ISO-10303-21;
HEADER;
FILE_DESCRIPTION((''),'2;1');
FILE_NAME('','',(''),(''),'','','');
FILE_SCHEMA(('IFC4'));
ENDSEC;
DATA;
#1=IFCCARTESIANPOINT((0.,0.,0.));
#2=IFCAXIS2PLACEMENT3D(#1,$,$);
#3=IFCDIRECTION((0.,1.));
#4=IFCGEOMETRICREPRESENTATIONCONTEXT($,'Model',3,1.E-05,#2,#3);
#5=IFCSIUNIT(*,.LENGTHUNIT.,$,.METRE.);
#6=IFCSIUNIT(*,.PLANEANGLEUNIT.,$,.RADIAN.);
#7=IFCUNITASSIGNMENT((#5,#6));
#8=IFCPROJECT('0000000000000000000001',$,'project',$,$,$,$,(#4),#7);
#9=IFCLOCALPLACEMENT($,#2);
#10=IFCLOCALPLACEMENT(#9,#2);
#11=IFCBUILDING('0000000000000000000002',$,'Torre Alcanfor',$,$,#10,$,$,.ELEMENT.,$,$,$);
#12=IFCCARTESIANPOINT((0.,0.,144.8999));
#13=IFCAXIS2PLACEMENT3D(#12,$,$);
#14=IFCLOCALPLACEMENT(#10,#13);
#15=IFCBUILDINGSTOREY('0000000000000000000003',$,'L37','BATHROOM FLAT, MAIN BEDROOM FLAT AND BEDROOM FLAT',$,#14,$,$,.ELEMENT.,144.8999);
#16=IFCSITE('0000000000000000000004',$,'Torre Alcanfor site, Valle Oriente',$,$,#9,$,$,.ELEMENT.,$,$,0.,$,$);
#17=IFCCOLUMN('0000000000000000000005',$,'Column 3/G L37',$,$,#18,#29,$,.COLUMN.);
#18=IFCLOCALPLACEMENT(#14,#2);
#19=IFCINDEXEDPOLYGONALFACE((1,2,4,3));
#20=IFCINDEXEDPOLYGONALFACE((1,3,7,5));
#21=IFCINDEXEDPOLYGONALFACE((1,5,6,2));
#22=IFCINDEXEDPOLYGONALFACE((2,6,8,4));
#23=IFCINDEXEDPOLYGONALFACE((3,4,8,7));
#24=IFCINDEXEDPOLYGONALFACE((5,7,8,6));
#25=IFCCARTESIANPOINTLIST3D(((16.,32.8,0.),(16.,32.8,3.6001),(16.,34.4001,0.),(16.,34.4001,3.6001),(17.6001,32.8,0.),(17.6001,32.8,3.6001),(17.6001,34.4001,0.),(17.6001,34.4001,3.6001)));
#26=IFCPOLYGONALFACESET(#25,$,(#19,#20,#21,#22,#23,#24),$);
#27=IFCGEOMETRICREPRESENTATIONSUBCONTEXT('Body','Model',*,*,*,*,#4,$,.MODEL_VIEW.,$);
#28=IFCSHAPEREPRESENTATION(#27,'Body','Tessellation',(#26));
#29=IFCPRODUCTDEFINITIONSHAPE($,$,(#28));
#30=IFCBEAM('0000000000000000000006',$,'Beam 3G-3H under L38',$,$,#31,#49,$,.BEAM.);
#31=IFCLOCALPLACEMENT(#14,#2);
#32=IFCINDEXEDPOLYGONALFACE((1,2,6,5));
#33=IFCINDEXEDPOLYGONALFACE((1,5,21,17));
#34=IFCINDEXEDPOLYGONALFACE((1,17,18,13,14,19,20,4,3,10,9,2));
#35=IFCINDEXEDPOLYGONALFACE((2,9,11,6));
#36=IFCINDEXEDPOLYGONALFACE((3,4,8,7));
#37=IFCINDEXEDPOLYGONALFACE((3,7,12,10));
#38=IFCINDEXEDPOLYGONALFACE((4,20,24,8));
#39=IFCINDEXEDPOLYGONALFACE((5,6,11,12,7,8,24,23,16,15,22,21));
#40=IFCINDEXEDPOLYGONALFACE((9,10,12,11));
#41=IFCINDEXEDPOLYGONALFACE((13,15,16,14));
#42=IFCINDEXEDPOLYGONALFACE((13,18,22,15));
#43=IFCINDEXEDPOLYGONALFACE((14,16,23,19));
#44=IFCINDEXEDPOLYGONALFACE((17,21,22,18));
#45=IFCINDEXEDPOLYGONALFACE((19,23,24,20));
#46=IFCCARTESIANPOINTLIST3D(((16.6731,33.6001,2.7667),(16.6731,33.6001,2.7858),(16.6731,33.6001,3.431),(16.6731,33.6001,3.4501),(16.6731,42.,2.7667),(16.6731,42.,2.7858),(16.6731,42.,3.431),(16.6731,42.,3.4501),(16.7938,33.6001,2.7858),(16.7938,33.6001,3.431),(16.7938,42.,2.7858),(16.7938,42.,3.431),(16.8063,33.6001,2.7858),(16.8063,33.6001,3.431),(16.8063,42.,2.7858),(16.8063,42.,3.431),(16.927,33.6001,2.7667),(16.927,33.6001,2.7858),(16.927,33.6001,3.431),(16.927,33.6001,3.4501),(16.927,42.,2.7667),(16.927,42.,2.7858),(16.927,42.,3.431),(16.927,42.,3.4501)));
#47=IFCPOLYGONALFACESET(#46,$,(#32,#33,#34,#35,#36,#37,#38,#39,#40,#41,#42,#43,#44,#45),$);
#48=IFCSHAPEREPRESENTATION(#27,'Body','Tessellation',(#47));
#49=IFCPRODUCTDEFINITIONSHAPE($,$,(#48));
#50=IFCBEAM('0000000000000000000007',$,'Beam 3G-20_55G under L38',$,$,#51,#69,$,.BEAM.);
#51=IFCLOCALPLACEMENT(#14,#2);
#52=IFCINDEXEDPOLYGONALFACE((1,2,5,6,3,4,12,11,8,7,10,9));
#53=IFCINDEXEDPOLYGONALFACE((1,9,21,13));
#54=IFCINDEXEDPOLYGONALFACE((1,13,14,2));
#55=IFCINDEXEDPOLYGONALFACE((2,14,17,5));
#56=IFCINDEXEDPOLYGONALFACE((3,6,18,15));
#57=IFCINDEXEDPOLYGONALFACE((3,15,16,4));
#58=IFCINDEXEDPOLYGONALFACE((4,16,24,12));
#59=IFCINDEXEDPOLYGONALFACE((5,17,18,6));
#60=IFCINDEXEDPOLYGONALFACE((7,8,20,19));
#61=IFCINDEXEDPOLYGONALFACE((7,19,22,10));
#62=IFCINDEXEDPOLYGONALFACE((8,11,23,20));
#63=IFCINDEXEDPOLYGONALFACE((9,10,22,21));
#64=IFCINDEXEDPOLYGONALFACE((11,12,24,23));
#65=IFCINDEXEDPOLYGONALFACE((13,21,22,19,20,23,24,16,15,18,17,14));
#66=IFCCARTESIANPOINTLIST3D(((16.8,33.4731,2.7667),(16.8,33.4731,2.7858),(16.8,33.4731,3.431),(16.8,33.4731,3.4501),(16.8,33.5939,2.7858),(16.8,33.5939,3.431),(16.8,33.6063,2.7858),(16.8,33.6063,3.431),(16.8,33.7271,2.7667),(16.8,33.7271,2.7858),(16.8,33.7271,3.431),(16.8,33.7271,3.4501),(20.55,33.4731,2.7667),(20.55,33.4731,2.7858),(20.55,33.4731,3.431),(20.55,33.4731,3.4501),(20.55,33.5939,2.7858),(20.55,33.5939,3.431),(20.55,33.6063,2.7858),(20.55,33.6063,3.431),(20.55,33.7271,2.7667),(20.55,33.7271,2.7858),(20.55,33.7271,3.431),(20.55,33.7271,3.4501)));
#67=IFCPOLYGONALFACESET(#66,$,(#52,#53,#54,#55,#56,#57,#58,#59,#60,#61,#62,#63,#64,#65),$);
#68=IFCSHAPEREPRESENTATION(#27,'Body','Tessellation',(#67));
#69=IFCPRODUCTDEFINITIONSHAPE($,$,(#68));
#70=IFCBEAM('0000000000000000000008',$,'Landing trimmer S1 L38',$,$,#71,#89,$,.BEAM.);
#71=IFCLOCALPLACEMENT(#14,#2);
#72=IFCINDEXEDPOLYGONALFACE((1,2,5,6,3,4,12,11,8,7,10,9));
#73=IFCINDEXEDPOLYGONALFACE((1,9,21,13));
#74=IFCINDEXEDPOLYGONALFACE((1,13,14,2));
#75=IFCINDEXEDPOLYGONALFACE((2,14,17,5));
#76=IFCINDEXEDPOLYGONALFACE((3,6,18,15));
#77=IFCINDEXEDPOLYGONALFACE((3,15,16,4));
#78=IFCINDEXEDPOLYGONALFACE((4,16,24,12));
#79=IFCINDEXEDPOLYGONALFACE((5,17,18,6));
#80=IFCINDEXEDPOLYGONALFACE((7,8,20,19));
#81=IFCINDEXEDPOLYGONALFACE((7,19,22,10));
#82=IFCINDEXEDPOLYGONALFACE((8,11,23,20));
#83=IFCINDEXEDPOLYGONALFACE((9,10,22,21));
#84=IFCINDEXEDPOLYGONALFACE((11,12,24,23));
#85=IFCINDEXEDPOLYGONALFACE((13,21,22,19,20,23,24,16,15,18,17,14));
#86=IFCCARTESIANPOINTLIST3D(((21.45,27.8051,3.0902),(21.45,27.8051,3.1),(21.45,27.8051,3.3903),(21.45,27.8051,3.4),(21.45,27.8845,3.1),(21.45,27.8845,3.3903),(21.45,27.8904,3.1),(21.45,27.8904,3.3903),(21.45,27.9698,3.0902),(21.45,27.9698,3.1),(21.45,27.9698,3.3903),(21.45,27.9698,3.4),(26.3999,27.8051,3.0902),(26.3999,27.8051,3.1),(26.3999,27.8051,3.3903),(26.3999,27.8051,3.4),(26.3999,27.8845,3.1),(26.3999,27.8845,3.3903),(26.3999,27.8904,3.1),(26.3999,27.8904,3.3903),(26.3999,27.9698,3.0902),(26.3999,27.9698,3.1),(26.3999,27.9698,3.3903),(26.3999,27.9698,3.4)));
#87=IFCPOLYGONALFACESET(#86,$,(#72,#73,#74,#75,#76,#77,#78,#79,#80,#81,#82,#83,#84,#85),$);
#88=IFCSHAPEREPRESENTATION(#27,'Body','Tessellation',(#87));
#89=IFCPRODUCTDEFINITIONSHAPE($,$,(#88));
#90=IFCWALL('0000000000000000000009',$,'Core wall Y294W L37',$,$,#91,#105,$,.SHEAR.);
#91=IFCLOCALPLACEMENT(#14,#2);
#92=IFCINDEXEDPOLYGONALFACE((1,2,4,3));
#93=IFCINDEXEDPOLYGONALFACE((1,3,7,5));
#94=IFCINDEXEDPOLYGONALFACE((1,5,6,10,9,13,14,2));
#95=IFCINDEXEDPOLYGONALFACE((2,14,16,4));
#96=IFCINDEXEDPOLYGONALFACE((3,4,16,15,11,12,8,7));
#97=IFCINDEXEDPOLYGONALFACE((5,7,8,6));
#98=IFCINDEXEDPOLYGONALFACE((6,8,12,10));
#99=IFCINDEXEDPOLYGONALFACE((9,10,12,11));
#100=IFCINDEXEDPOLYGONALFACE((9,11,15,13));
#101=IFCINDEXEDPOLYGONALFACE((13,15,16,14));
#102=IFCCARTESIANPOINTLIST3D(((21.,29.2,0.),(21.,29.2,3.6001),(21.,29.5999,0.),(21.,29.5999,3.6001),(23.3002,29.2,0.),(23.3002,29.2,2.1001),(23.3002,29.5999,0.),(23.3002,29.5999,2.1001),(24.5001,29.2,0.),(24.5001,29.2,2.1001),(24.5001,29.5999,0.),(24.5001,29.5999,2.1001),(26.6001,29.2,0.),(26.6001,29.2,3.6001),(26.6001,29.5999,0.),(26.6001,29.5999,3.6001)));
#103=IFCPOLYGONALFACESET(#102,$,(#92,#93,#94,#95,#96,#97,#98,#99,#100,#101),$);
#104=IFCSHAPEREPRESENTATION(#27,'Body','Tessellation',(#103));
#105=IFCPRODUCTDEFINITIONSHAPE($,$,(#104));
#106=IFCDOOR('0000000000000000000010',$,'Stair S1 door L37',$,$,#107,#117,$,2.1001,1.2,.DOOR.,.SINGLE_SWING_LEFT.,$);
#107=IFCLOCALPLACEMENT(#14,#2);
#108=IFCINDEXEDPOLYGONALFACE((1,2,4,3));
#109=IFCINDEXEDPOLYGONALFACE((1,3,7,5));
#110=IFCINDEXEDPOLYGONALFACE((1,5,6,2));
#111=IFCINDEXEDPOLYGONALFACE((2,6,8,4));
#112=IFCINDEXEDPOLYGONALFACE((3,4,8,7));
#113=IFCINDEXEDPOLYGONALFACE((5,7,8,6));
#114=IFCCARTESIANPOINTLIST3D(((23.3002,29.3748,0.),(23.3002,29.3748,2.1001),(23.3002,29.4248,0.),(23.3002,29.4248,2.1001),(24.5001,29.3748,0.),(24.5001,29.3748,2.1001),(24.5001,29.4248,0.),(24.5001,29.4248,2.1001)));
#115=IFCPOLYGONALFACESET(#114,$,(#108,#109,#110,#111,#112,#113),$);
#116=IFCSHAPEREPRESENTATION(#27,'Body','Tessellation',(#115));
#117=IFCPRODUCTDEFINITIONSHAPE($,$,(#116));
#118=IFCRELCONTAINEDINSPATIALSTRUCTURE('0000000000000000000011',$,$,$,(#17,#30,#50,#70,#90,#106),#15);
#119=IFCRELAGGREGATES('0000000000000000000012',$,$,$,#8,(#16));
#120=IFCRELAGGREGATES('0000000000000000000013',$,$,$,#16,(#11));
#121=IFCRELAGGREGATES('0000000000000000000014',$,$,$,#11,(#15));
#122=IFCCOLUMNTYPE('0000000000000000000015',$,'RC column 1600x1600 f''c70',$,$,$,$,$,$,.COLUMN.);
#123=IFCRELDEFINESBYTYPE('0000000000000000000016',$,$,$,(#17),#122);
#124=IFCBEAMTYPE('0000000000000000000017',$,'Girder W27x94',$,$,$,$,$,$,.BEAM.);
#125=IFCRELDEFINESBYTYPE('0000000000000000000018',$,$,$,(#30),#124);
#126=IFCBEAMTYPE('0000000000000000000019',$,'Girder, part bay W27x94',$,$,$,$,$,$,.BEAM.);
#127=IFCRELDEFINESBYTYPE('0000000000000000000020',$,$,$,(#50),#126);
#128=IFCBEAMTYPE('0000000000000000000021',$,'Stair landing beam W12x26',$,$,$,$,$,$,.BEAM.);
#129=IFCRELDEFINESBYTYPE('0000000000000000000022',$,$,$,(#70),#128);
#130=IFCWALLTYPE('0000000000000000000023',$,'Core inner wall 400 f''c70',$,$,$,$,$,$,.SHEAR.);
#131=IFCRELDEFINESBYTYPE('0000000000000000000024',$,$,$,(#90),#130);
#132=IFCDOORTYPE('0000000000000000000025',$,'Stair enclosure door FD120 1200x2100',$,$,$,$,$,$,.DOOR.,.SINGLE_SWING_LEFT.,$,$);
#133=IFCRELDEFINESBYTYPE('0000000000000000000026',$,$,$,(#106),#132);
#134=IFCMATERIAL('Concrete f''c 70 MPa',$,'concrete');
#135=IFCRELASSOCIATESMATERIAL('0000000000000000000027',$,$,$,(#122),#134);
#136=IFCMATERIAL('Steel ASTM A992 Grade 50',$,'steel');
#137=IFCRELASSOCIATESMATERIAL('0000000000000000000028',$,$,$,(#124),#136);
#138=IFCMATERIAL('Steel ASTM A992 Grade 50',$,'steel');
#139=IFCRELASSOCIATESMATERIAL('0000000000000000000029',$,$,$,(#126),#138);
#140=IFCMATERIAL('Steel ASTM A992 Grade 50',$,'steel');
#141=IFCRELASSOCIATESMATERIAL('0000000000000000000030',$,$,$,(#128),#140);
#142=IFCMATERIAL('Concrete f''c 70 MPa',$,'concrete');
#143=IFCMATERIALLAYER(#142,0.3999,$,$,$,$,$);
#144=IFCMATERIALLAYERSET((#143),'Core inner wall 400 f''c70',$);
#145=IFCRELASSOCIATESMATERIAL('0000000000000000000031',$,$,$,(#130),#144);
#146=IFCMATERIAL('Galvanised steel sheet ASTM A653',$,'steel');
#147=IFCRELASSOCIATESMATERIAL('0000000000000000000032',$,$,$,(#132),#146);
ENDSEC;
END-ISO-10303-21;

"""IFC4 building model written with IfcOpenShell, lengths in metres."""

from ifc_helpers import new_model, si_unit, direction, frame, frame_2d, origin, origin_2d, place, context, subcontext, project, spatial, rectangle, i_section, extrude, material, layer, layer_set, material_profile, profile_set, type_object, element, fill, save


model = new_model("IFC4")

# Units and contexts
model_context = context("Model", 3, precision=1e-05, world=origin(), true_north=direction((0.0, 1.0)))
body_context = subcontext(model_context, "Body", "Model", "MODEL_VIEW")
ifc_project = project(units=[si_unit("LENGTHUNIT", "METRE"), si_unit("PLANEANGLEUNIT", "RADIAN")], contexts=[model_context])

# Site, building, storey
site_placement = place(None, origin())
site = spatial("IfcSite", under=ifc_project, at=site_placement, Name="Torre Alcanfor site, Valle Oriente", CompositionType="ELEMENT", RefElevation=0.0)
building_placement = place(site_placement, origin())
building = spatial("IfcBuilding", under=site, at=building_placement, Name="Torre Alcanfor", CompositionType="ELEMENT")
storey_placement = place(building_placement, frame((0.0, 0.0, 144.8999)))
storey = spatial("IfcBuildingStorey", under=building, at=storey_placement, Name="L37", Description="BATHROOM FLAT, MAIN BEDROOM FLAT AND BEDROOM FLAT", CompositionType="ELEMENT", Elevation=144.8999)

# Column
ifc_material_1 = material(Name="Concrete f'c 70 MPa", Category="concrete")
ifc_material_profile_1 = material_profile(ifc_material_1, rectangle(XDim=1.6001, YDim=1.6001, at=origin_2d()), Name="1600x1600")
ifc_profile_set_1 = profile_set([ifc_material_profile_1], Name="Concrete f'c 70 MPa")
column_type = type_object("IfcColumnType", Name="RC column 1600x1600 f'c70", PredefinedType="COLUMN", material=ifc_profile_set_1)
column_placement = place(storey_placement, frame((16.8, 33.6001, 0.0), z_axis=(0.0, 0.0, 1.0), x_axis=(1.0, 0.0, 0.0)))
element("IfcColumn", 1, at=column_placement, inside=storey, type_object=column_type, Name="Column 3/G L37", PredefinedType="COLUMN", context=body_context, shape_type="SweptSolid", body=[
    extrude(rectangle(XDim=1.6001, YDim=1.6001, at=origin_2d()), origin(), (0.0, 0.0, 1.0), 3.6001),
])

# Beams
ifc_material_2 = material(Name="Steel ASTM A992 Grade 50", Category="steel")
ifc_material_profile_2 = material_profile(ifc_material_2, i_section(OverallWidth=0.2539, OverallDepth=0.6833, WebThickness=0.0125, FlangeThickness=0.019, at=origin_2d()), Name="W27x94")
ifc_profile_set_2 = profile_set([ifc_material_profile_2], Name="Steel ASTM A992 Grade 50")
beam_type_1 = type_object("IfcBeamType", Name="Girder W27x94", PredefinedType="BEAM", material=ifc_profile_set_2)
beam_1_placement = place(storey_placement, frame((16.8, 33.6001, 3.1084), z_axis=(0.0, 1.0, 0.0), x_axis=(-1.0, 0.0, 0.0)))
element("IfcBeam", 2, at=beam_1_placement, inside=storey, type_object=beam_type_1, Name="Beam 3G-3H under L38", PredefinedType="BEAM", context=body_context, shape_type="SweptSolid", body=[
    extrude(i_section(OverallWidth=0.2539, OverallDepth=0.6833, WebThickness=0.0125, FlangeThickness=0.019, at=origin_2d()), origin(), (0.0, 0.0, 1.0), 8.3999),
])
ifc_material_3 = material(Name="Steel ASTM A992 Grade 50", Category="steel")
ifc_material_profile_3 = material_profile(ifc_material_3, i_section(OverallWidth=0.2539, OverallDepth=0.6833, WebThickness=0.0125, FlangeThickness=0.019, at=origin_2d()), Name="W27x94")
ifc_profile_set_3 = profile_set([ifc_material_profile_3], Name="Steel ASTM A992 Grade 50")
beam_type_2 = type_object("IfcBeamType", Name="Girder, part bay W27x94", PredefinedType="BEAM", material=ifc_profile_set_3)
beam_2_placement = place(storey_placement, frame((16.8, 33.6001, 3.1084), z_axis=(1.0, 0.0, 0.0), x_axis=(0.0, 1.0, 0.0)))
element("IfcBeam", 3, at=beam_2_placement, inside=storey, type_object=beam_type_2, Name="Beam 3G-20_55G under L38", PredefinedType="BEAM", context=body_context, shape_type="SweptSolid", body=[
    extrude(i_section(OverallWidth=0.2539, OverallDepth=0.6833, WebThickness=0.0125, FlangeThickness=0.019, at=origin_2d()), origin(), (0.0, 0.0, 1.0), 3.75),
])
ifc_material_4 = material(Name="Steel ASTM A992 Grade 50", Category="steel")
ifc_material_profile_4 = material_profile(ifc_material_4, i_section(OverallWidth=0.1648, OverallDepth=0.3098, WebThickness=0.0059, FlangeThickness=0.0098, at=origin_2d()), Name="W12x26")
ifc_profile_set_4 = profile_set([ifc_material_profile_4], Name="Steel ASTM A992 Grade 50")
beam_type_3 = type_object("IfcBeamType", Name="Stair landing beam W12x26", PredefinedType="BEAM", material=ifc_profile_set_4)
beam_3_placement = place(storey_placement, frame((21.45, 27.8875, 3.2451), z_axis=(1.0, 0.0, 0.0), x_axis=(0.0, 1.0, 0.0)))
element("IfcBeam", 4, at=beam_3_placement, inside=storey, type_object=beam_type_3, Name="Landing trimmer S1 L38", PredefinedType="BEAM", context=body_context, shape_type="SweptSolid", body=[
    extrude(i_section(OverallWidth=0.1648, OverallDepth=0.3098, WebThickness=0.0059, FlangeThickness=0.0098, at=origin_2d()), origin(), (0.0, 0.0, 1.0), 4.95),
])

# Wall, opening, door
ifc_material_5 = material(Name="Concrete f'c 70 MPa", Category="concrete")
ifc_layer_1 = layer(ifc_material_5, 0.3999)
ifc_layer_set_1 = layer_set([ifc_layer_1], Name="Core inner wall 400 f'c70")
wall_type_1 = type_object("IfcWallType", Name="Core inner wall 400 f'c70", PredefinedType="SHEAR", material=ifc_layer_set_1)
wall_1_placement = place(storey_placement, frame((21.0, 29.3999, 0.0), z_axis=(0.0, 0.0, 1.0), x_axis=(1.0, 0.0, 0.0)))
wall_1 = element("IfcWall", 5, at=wall_1_placement, inside=storey, type_object=wall_type_1, Name="Core wall Y294W L37", PredefinedType="SHEAR", context=body_context, shape_type="SweptSolid", body=[
    extrude(rectangle(XDim=5.6001, YDim=0.3999, at=frame_2d((2.8, 0.0))), origin(), (0.0, 0.0, 1.0), 3.6001),
])
opening_1_placement = place(wall_1_placement, frame((2.3, 0.0, 0.0)))
opening_1 = element("IfcOpeningElement", 6, at=opening_1_placement, cuts=wall_1, PredefinedType="OPENING", context=body_context, shape_type="SweptSolid", body=[
    extrude(rectangle(XDim=1.2, YDim=2.1001, at=frame_2d((0.6001, 1.05))), frame((0.0, 0.21, 0.0), z_axis=(0.0, -1.0, 0.0), x_axis=(1.0, 0.0, 0.0)), (0.0, 0.0, 1.0), 0.4199),
])
ifc_material_6 = material(Name="Galvanised steel sheet ASTM A653", Category="steel")
door_type_1 = type_object("IfcDoorType", Name="Stair enclosure door FD120 1200x2100", OperationType="SINGLE_SWING_LEFT", PredefinedType="DOOR", material=ifc_material_6)
door_1_placement = place(opening_1_placement, frame((1.2, 0.0, 0.0), z_axis=(0.0, 0.0, 1.0), x_axis=(-1.0, 0.0, 0.0)))
door_1 = element("IfcDoor", 7, at=door_1_placement, inside=storey, type_object=door_type_1, Name="Stair S1 door L37", OperationType="SINGLE_SWING_LEFT", OverallHeight=2.1001, OverallWidth=1.2, PredefinedType="DOOR", context=body_context, shape_type="SweptSolid", body=[
    extrude(rectangle(XDim=1.2, YDim=2.1001, at=frame_2d((0.5999, 1.05))), frame((0.0, 0.0251, 0.0), z_axis=(0.0, -1.0, 0.0), x_axis=(1.0, 0.0, 0.0)), (0.0, 0.0, 1.0), 0.05),
])
fill(opening_1, door_1)

save(model, "model.ifc")
